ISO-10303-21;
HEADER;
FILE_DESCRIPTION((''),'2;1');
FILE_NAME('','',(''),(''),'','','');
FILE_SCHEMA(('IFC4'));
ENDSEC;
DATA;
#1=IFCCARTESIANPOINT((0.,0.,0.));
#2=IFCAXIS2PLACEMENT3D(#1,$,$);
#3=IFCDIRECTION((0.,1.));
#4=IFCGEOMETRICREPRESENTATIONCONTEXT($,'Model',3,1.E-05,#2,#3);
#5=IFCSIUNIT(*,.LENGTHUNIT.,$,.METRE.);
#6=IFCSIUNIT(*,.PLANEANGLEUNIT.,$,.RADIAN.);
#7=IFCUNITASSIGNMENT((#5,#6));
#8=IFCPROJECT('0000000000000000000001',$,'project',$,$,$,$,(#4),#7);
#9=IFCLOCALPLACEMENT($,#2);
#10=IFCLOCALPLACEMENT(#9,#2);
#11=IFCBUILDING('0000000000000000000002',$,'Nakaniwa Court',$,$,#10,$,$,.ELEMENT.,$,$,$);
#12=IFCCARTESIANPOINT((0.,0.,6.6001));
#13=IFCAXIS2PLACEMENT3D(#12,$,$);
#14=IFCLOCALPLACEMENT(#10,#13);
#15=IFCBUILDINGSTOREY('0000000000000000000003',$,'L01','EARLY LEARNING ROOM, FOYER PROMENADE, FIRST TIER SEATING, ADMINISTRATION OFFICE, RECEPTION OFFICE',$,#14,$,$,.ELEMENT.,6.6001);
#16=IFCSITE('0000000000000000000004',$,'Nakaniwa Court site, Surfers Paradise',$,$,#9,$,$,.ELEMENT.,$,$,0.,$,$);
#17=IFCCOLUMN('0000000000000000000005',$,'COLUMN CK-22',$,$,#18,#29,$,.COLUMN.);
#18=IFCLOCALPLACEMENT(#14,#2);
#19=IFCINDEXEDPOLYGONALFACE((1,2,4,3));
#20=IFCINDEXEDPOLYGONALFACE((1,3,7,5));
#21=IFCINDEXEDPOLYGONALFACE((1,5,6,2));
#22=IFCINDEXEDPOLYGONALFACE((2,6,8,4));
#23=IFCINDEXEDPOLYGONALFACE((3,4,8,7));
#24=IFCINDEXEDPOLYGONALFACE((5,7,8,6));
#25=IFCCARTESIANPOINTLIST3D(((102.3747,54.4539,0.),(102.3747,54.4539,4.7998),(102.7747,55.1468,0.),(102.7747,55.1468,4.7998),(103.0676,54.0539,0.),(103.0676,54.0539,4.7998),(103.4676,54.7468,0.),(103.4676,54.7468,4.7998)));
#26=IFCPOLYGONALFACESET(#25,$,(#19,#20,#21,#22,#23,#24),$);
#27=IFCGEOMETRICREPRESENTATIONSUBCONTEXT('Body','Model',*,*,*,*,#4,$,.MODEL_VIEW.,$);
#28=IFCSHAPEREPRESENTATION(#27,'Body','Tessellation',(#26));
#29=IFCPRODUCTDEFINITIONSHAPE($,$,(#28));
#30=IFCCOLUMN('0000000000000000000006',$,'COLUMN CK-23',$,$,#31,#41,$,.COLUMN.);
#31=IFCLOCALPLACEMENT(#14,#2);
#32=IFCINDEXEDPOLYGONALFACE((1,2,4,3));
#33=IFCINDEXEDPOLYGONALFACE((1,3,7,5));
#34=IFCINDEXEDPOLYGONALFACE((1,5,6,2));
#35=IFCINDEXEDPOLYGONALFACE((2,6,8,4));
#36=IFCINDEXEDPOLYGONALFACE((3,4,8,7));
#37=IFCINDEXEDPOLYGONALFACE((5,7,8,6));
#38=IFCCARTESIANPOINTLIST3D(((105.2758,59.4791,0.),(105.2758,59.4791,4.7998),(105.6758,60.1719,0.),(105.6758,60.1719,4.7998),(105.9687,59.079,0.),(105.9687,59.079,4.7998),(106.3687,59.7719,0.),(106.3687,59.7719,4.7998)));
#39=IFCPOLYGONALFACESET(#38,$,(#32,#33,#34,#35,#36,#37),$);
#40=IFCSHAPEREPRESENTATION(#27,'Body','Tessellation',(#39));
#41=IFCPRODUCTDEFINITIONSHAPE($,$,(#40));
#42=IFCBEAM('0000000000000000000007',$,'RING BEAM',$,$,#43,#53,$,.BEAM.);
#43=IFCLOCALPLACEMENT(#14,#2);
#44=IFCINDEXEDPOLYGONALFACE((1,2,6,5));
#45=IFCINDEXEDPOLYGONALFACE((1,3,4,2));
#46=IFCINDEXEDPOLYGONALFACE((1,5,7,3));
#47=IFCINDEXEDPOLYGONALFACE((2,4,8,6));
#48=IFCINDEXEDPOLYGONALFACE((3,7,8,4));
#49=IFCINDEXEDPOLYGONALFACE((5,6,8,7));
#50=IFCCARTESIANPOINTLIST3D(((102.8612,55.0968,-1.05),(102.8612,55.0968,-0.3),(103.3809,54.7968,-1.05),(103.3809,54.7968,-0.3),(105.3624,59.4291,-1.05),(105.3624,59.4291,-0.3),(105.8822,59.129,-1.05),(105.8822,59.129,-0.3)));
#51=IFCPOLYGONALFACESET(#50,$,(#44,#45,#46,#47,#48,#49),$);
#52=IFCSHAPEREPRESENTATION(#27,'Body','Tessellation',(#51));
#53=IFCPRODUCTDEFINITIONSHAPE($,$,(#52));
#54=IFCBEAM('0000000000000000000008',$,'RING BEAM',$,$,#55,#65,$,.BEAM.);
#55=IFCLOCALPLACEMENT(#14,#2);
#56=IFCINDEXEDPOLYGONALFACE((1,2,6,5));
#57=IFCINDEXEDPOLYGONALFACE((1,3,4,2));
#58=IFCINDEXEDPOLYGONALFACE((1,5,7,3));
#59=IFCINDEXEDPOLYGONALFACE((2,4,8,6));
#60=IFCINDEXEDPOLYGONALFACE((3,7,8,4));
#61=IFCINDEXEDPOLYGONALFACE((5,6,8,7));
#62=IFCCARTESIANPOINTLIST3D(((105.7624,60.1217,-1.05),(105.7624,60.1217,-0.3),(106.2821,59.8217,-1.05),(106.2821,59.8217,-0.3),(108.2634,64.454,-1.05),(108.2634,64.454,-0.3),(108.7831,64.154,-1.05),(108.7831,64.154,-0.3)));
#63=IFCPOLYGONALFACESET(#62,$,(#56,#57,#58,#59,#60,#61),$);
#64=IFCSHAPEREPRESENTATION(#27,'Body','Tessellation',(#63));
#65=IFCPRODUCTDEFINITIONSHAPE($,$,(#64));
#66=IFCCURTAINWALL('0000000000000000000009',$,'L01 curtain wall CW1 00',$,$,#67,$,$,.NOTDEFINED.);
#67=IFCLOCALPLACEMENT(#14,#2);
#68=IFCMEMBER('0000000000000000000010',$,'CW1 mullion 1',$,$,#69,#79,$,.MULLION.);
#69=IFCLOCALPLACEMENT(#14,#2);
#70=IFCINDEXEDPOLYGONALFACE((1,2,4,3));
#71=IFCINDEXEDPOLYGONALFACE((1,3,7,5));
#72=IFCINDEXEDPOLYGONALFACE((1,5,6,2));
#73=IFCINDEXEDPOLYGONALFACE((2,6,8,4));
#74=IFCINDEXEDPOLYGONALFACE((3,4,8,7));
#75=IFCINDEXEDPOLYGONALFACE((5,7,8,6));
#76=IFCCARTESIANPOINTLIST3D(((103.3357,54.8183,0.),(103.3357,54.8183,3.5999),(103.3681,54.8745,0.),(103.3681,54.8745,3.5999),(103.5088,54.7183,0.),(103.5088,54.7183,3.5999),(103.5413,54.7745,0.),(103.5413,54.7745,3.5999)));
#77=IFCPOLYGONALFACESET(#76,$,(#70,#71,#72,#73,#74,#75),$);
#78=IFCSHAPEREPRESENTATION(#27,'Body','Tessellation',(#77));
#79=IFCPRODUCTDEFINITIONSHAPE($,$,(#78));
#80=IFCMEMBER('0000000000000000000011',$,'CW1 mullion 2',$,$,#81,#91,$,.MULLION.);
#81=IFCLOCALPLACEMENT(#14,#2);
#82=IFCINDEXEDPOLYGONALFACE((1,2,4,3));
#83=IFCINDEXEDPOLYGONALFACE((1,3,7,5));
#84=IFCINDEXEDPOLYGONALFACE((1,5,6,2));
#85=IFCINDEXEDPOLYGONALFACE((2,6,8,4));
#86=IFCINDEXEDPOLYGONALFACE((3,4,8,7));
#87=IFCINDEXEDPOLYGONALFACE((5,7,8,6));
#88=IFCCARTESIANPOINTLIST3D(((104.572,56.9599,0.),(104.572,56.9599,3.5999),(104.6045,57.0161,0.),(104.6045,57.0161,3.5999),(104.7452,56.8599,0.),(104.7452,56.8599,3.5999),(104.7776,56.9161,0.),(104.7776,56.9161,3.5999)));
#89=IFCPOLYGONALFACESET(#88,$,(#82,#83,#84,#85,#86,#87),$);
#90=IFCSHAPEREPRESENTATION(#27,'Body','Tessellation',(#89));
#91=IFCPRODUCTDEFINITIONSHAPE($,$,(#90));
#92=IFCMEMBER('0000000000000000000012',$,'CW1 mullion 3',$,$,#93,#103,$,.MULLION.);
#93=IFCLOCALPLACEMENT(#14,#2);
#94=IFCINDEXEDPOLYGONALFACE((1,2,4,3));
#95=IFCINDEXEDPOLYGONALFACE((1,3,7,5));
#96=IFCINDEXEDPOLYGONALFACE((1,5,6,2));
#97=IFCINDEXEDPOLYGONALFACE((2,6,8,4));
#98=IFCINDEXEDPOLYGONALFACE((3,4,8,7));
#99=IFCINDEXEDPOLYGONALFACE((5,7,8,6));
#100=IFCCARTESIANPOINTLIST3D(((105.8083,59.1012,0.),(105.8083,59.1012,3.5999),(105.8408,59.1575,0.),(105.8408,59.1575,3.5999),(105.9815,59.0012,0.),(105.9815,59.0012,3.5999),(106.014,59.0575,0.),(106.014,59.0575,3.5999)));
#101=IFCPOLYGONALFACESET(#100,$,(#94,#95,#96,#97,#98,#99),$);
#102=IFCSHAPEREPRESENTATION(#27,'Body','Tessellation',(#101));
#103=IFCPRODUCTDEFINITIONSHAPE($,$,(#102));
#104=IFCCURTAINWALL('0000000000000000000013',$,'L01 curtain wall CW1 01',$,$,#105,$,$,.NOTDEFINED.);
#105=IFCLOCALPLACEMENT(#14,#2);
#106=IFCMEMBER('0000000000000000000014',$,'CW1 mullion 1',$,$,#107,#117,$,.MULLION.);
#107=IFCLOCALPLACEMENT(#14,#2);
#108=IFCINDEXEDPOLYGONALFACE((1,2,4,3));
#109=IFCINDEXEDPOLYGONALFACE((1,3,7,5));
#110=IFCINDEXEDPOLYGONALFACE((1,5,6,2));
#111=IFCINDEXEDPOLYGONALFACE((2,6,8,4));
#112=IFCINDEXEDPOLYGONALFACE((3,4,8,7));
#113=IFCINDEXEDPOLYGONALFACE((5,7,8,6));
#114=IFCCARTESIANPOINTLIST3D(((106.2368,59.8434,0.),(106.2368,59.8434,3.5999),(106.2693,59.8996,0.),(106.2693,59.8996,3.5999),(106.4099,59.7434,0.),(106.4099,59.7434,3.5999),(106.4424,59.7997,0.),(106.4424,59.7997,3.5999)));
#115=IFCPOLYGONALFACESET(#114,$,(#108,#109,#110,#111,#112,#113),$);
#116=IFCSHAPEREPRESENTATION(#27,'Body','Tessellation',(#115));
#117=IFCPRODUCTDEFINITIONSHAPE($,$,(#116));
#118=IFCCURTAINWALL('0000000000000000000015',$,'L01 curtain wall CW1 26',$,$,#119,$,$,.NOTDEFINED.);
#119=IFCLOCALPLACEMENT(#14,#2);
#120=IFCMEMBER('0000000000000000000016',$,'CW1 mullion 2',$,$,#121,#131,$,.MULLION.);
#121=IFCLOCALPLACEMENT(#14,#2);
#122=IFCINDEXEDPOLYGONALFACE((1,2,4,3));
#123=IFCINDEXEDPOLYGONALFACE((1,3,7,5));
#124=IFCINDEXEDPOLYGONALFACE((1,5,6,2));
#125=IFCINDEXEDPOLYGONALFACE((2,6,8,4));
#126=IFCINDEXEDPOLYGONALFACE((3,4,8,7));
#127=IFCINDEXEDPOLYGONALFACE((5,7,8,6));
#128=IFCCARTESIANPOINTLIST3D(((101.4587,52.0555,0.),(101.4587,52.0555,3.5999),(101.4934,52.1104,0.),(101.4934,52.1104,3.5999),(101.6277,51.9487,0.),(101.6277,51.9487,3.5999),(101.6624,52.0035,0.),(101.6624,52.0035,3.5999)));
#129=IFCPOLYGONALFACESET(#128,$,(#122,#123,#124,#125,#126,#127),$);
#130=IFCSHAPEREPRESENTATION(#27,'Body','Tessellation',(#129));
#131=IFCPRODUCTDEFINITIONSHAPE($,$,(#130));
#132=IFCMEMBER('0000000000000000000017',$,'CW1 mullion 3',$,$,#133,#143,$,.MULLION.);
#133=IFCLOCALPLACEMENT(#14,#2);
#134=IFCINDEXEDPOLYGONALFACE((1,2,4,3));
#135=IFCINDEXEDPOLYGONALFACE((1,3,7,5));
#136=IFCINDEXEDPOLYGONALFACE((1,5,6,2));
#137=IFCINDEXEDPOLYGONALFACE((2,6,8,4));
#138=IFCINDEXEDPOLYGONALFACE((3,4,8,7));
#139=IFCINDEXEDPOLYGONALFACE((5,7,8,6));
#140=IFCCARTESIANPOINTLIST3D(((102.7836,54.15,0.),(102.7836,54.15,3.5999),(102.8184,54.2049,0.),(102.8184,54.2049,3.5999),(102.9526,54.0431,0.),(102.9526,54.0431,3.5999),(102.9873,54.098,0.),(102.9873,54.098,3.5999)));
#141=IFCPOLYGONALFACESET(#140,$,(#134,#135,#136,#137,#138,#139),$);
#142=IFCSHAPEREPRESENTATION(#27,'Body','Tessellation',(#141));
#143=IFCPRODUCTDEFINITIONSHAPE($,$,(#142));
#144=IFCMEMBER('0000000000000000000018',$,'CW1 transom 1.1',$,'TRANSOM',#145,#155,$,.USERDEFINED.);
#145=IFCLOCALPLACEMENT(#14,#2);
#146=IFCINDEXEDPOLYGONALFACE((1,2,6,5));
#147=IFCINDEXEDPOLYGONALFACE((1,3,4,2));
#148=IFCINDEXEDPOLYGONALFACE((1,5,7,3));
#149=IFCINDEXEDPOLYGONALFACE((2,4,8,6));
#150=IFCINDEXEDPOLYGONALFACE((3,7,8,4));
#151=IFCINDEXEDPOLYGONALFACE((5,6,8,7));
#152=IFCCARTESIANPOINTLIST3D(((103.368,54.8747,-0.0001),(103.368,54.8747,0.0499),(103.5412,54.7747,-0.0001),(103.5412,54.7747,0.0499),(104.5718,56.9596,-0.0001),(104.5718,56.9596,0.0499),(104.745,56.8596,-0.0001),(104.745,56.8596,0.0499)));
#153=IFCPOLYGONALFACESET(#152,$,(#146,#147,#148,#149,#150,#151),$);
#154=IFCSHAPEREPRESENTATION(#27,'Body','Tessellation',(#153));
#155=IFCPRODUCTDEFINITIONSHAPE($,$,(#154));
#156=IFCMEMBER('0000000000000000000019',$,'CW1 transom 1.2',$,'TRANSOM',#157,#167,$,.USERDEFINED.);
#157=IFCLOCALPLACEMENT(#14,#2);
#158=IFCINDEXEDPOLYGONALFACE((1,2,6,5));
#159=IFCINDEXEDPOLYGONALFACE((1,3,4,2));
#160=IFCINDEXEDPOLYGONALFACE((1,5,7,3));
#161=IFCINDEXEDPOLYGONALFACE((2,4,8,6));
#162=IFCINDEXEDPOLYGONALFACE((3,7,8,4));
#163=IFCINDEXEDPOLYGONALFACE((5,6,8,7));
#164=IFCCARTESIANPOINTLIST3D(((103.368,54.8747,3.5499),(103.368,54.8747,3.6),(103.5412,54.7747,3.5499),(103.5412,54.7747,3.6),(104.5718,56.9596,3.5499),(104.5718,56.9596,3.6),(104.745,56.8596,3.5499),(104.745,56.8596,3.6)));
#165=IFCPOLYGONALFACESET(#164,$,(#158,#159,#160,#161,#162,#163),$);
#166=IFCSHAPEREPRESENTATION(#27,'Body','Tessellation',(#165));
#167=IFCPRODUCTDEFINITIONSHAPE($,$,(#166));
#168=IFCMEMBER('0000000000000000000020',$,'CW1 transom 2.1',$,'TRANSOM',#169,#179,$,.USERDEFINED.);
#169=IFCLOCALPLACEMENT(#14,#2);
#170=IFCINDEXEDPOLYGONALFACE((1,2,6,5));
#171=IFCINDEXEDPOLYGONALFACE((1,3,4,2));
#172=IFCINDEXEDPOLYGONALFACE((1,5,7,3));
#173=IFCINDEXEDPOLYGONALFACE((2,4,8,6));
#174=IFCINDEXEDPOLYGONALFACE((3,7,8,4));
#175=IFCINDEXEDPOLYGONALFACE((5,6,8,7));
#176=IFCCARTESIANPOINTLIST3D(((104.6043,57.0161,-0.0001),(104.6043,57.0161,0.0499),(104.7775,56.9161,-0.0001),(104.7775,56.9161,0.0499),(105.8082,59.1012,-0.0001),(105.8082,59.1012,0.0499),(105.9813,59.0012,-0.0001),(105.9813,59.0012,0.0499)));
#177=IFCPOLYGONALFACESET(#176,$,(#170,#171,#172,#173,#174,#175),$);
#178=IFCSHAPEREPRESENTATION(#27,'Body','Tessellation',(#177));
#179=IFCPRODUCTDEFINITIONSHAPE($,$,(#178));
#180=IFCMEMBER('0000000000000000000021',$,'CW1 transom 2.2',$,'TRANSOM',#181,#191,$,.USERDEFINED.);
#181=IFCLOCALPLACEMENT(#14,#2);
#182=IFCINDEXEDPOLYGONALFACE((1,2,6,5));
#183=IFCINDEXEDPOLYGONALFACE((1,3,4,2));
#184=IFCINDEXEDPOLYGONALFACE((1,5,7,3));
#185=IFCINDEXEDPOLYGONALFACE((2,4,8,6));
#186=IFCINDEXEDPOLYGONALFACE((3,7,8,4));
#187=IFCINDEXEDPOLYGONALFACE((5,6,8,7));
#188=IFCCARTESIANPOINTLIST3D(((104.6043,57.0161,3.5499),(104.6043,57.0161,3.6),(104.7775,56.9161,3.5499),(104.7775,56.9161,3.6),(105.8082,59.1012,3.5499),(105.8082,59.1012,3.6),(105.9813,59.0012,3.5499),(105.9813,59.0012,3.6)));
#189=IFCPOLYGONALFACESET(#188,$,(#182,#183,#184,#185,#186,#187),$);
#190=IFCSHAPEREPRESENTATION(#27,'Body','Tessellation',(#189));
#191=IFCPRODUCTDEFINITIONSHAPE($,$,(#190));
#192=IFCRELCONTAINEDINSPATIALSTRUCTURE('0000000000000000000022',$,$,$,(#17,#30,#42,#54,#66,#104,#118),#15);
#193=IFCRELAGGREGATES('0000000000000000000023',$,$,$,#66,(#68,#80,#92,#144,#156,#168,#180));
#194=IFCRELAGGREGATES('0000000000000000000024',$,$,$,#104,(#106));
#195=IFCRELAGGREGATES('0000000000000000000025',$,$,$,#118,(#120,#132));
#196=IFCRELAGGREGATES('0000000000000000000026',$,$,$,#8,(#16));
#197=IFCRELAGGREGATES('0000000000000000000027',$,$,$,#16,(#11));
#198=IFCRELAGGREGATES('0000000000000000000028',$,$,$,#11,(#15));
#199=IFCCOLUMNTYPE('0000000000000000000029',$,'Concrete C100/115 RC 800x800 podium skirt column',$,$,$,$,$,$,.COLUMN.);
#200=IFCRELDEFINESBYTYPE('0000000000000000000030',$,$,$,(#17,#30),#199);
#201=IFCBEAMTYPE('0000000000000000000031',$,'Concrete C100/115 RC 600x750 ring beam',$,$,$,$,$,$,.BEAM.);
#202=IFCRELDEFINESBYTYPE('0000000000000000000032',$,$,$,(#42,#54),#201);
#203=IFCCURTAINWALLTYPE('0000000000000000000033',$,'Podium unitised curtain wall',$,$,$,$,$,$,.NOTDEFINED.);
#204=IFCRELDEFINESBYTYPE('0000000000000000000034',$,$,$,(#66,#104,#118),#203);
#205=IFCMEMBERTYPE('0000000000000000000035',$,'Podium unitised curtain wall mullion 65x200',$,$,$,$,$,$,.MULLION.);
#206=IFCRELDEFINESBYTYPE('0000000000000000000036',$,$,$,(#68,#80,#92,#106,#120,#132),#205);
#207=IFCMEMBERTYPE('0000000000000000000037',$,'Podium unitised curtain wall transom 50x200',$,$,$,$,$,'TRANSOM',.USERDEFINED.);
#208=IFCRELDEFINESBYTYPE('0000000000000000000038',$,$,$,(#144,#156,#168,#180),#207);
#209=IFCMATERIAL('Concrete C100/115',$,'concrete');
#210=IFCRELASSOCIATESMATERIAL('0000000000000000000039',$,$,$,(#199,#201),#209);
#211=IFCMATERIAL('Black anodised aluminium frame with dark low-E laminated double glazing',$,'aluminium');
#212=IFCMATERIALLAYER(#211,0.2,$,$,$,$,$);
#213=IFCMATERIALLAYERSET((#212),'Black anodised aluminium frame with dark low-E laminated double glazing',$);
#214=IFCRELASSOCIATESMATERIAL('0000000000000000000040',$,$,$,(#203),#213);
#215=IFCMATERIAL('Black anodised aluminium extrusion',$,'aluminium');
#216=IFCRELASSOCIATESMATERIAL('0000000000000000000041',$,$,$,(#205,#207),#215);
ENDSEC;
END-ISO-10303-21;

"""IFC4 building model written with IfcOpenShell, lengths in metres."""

from ifc_helpers import new_model, si_unit, direction, frame, origin, origin_2d, place, context, subcontext, project, spatial, rectangle, extrude, material, layer, layer_set, material_profile, profile_set, type_object, element, aggregate, save


model = new_model("IFC4")

# Units and contexts
model_context = context("Model", 3, precision=1e-05, world=origin(), true_north=direction((0.0, 1.0)))
body_context = subcontext(model_context, "Body", "Model", "MODEL_VIEW")
ifc_project = project(units=[si_unit("LENGTHUNIT", "METRE"), si_unit("PLANEANGLEUNIT", "RADIAN")], contexts=[model_context])

# Site, building, storey
site_placement = place(None, origin())
site = spatial("IfcSite", under=ifc_project, at=site_placement, Name="Nakaniwa Court site, Surfers Paradise", CompositionType="ELEMENT", RefElevation=0.0)
building_placement = place(site_placement, origin())
building = spatial("IfcBuilding", under=site, at=building_placement, Name="Nakaniwa Court", CompositionType="ELEMENT")
storey_placement = place(building_placement, frame((0.0, 0.0, 6.6001)))
storey = spatial("IfcBuildingStorey", under=building, at=storey_placement, Name="L01", Description="EARLY LEARNING ROOM, FOYER PROMENADE, FIRST TIER SEATING, ADMINISTRATION OFFICE, RECEPTION OFFICE", CompositionType="ELEMENT", Elevation=6.6001)

# Columns
ifc_material_1 = material(Name="Concrete C100/115", Category="concrete")
ifc_material_profile_1 = material_profile(ifc_material_1, rectangle(XDim=0.8, YDim=0.8, at=origin_2d()), Name="Concrete C100/115 RC 800x800 podium skirt column")
ifc_profile_set_1 = profile_set([ifc_material_profile_1], Name="Concrete C100/115")
column_type = type_object("IfcColumnType", Name="Concrete C100/115 RC 800x800 podium skirt column", PredefinedType="COLUMN", material=ifc_profile_set_1)
for number, where, z_axis, x_axis, name in (
    (1, (102.9211, 54.6003, 0.0), (0.0, 0.0, 1.0), (0.5, 0.866025, 0.0), "COLUMN CK-22"),
    (2, (105.8223, 59.6255, 0.0), (0.0, 0.0, 1.0), (0.5, 0.866025, 0.0), "COLUMN CK-23"),
):
    element("IfcColumn", number, at=place(storey_placement, frame(where, z_axis=z_axis, x_axis=x_axis)), inside=storey, type_object=column_type, Name=name, PredefinedType="COLUMN", context=body_context, shape_type="SweptSolid", body=[
        extrude(rectangle(XDim=0.8, YDim=0.8, at=origin_2d()), origin(), (0.0, 0.0, 1.0), 4.7998),
    ])

# Beams
ifc_material_profile_2 = material_profile(ifc_material_1, rectangle(XDim=0.6001, YDim=0.75, at=origin_2d()), Name="Concrete C100/115 RC 600x750 ring beam")
ifc_profile_set_2 = profile_set([ifc_material_profile_2], Name="Concrete C100/115")
beam_type = type_object("IfcBeamType", Name="Concrete C100/115 RC 600x750 ring beam", PredefinedType="BEAM", material=ifc_profile_set_2)
for number, where, z_axis, x_axis, name in (
    (3, (103.1211, 54.9468, -0.675), (0.499997, 0.866027, 0.0), (-0.866027, 0.499997, 0.0), "RING BEAM"),
    (4, (106.0222, 59.9717, -0.675), (0.49996, 0.866048, 0.0), (-0.866048, 0.49996, 0.0), "RING BEAM"),
):
    element("IfcBeam", number, at=place(storey_placement, frame(where, z_axis=z_axis, x_axis=x_axis)), inside=storey, type_object=beam_type, Name=name, PredefinedType="BEAM", context=body_context, shape_type="SweptSolid", body=[
        extrude(rectangle(XDim=0.6001, YDim=0.75, at=origin_2d()), origin(), (0.0, 0.0, 1.0), 5.0024),
    ])

# Curtain wall, members
ifc_material_2 = material(Name="Black anodised aluminium frame with dark low-E laminated double glazing", Category="aluminium")
ifc_layer_1 = layer(ifc_material_2, 0.2)
ifc_layer_set_1 = layer_set([ifc_layer_1], Name="Black anodised aluminium frame with dark low-E laminated double glazing")
curtain_wall_type = type_object("IfcCurtainWallType", Name="Podium unitised curtain wall", PredefinedType="NOTDEFINED", material=ifc_layer_set_1)
curtain_wall_1_placement = place(storey_placement, origin())
curtain_wall_1 = element("IfcCurtainWall", 5, at=curtain_wall_1_placement, inside=storey, type_object=curtain_wall_type, Name="L01 curtain wall CW1 00", PredefinedType="NOTDEFINED")
ifc_material_3 = material(Name="Black anodised aluminium extrusion", Category="aluminium")
ifc_material_profile_3 = material_profile(ifc_material_3, rectangle(XDim=0.2, YDim=0.0649, at=origin_2d()), Name="Podium unitised curtain wall mullion 65x200")
ifc_profile_set_3 = profile_set([ifc_material_profile_3], Name="Black anodised aluminium extrusion")
member_type_1 = type_object("IfcMemberType", Name="Podium unitised curtain wall mullion 65x200", PredefinedType="MULLION", material=ifc_profile_set_3)
member_1_placement = place(storey_placement, frame((103.4385, 54.7964, 0.0), z_axis=(0.0, 0.0, 1.0), x_axis=(-0.866037, 0.499979, 0.0)))
member_1 = element("IfcMember", 6, at=member_1_placement, type_object=member_type_1, Name="CW1 mullion 1", PredefinedType="MULLION", context=body_context, shape_type="SweptSolid", body=[
    extrude(rectangle(XDim=0.2, YDim=0.0649, at=origin_2d()), origin(), (0.0, 0.0, 1.0), 3.5999),
])
member_2_placement = place(storey_placement, frame((104.6748, 56.938, 0.0), z_axis=(0.0, 0.0, 1.0), x_axis=(-0.866037, 0.499979, 0.0)))
member_2 = element("IfcMember", 7, at=member_2_placement, type_object=member_type_1, Name="CW1 mullion 2", PredefinedType="MULLION", context=body_context, shape_type="SweptSolid", body=[
    extrude(rectangle(XDim=0.2, YDim=0.0649, at=origin_2d()), origin(), (0.0, 0.0, 1.0), 3.5999),
])
member_3_placement = place(storey_placement, frame((105.9111, 59.0793, 0.0), z_axis=(0.0, 0.0, 1.0), x_axis=(-0.866037, 0.499979, 0.0)))
member_3 = element("IfcMember", 8, at=member_3_placement, type_object=member_type_1, Name="CW1 mullion 3", PredefinedType="MULLION", context=body_context, shape_type="SweptSolid", body=[
    extrude(rectangle(XDim=0.2, YDim=0.0649, at=origin_2d()), origin(), (0.0, 0.0, 1.0), 3.5999),
])

# Curtain wall, member
curtain_wall_2_placement = place(storey_placement, origin())
curtain_wall_2 = element("IfcCurtainWall", 9, at=curtain_wall_2_placement, inside=storey, type_object=curtain_wall_type, Name="L01 curtain wall CW1 01", PredefinedType="NOTDEFINED")
member_4_placement = place(storey_placement, frame((106.3396, 59.8215, 0.0), z_axis=(0.0, 0.0, 1.0), x_axis=(-0.866032, 0.499988, 0.0)))
member_4 = element("IfcMember", 10, at=member_4_placement, type_object=member_type_1, Name="CW1 mullion 1", PredefinedType="MULLION", context=body_context, shape_type="SweptSolid", body=[
    extrude(rectangle(XDim=0.2, YDim=0.0649, at=origin_2d()), origin(), (0.0, 0.0, 1.0), 3.5999),
])

# Curtain wall, members
curtain_wall_3_placement = place(storey_placement, origin())
curtain_wall_3 = element("IfcCurtainWall", 11, at=curtain_wall_3_placement, inside=storey, type_object=curtain_wall_type, Name="L01 curtain wall CW1 26", PredefinedType="NOTDEFINED")
member_5_placement = place(storey_placement, frame((101.5605, 52.0295, 0.0), z_axis=(0.0, 0.0, 1.0), x_axis=(-0.845107, 0.534597, 0.0)))
member_5 = element("IfcMember", 12, at=member_5_placement, type_object=member_type_1, Name="CW1 mullion 2", PredefinedType="MULLION", context=body_context, shape_type="SweptSolid", body=[
    extrude(rectangle(XDim=0.2, YDim=0.0649, at=origin_2d()), origin(), (0.0, 0.0, 1.0), 3.5999),
])
member_6_placement = place(storey_placement, frame((102.8855, 54.124, 0.0), z_axis=(0.0, 0.0, 1.0), x_axis=(-0.845107, 0.534597, 0.0)))
member_6 = element("IfcMember", 13, at=member_6_placement, type_object=member_type_1, Name="CW1 mullion 3", PredefinedType="MULLION", context=body_context, shape_type="SweptSolid", body=[
    extrude(rectangle(XDim=0.2, YDim=0.0649, at=origin_2d()), origin(), (0.0, 0.0, 1.0), 3.5999),
])

# Members
ifc_material_profile_4 = material_profile(ifc_material_3, rectangle(XDim=0.2, YDim=0.05, at=origin_2d()), Name="Podium unitised curtain wall transom 50x200")
ifc_profile_set_4 = profile_set([ifc_material_profile_4], Name="Black anodised aluminium extrusion")
member_type_2 = type_object("IfcMemberType", Name="Podium unitised curtain wall transom 50x200", ElementType="TRANSOM", PredefinedType="USERDEFINED", material=ifc_profile_set_4)
member_7_placement = place(storey_placement, frame((103.4546, 54.8247, 0.0249), z_axis=(0.500033, 0.866007, 0.0), x_axis=(-0.866007, 0.500033, 0.0)))
member_7 = element("IfcMember", 14, at=member_7_placement, type_object=member_type_2, Name="CW1 transom 1.1", ObjectType="TRANSOM", PredefinedType="USERDEFINED", context=body_context, shape_type="SweptSolid", body=[
    extrude(rectangle(XDim=0.2, YDim=0.05, at=origin_2d()), origin(), (0.0, 0.0, 1.0), 2.4075),
])
member_8_placement = place(storey_placement, frame((103.4546, 54.8247, 3.575), z_axis=(0.500033, 0.866007, 0.0), x_axis=(-0.866007, 0.500033, 0.0)))
member_8 = element("IfcMember", 15, at=member_8_placement, type_object=member_type_2, Name="CW1 transom 1.2", ObjectType="TRANSOM", PredefinedType="USERDEFINED", context=body_context, shape_type="SweptSolid", body=[
    extrude(rectangle(XDim=0.2, YDim=0.05, at=origin_2d()), origin(), (0.0, 0.0, 1.0), 2.4075),
])
member_9_placement = place(storey_placement, frame((104.6909, 56.9661, 0.0249), z_axis=(0.499989, 0.866032, 0.0), x_axis=(-0.866032, 0.499989, 0.0)))
member_9 = element("IfcMember", 16, at=member_9_placement, type_object=member_type_2, Name="CW1 transom 2.1", ObjectType="TRANSOM", PredefinedType="USERDEFINED", context=body_context, shape_type="SweptSolid", body=[
    extrude(rectangle(XDim=0.2, YDim=0.05, at=origin_2d()), origin(), (0.0, 0.0, 1.0), 2.4077),
])
member_10_placement = place(storey_placement, frame((104.6909, 56.9661, 3.575), z_axis=(0.499989, 0.866032, 0.0), x_axis=(-0.866032, 0.499989, 0.0)))
member_10 = element("IfcMember", 17, at=member_10_placement, type_object=member_type_2, Name="CW1 transom 2.2", ObjectType="TRANSOM", PredefinedType="USERDEFINED", context=body_context, shape_type="SweptSolid", body=[
    extrude(rectangle(XDim=0.2, YDim=0.05, at=origin_2d()), origin(), (0.0, 0.0, 1.0), 2.4077),
])

aggregate(curtain_wall_1, [member_1, member_2, member_3, member_7, member_8, member_9, member_10])
aggregate(curtain_wall_2, [member_4])
aggregate(curtain_wall_3, [member_5, member_6])

save(model, "model.ifc")
